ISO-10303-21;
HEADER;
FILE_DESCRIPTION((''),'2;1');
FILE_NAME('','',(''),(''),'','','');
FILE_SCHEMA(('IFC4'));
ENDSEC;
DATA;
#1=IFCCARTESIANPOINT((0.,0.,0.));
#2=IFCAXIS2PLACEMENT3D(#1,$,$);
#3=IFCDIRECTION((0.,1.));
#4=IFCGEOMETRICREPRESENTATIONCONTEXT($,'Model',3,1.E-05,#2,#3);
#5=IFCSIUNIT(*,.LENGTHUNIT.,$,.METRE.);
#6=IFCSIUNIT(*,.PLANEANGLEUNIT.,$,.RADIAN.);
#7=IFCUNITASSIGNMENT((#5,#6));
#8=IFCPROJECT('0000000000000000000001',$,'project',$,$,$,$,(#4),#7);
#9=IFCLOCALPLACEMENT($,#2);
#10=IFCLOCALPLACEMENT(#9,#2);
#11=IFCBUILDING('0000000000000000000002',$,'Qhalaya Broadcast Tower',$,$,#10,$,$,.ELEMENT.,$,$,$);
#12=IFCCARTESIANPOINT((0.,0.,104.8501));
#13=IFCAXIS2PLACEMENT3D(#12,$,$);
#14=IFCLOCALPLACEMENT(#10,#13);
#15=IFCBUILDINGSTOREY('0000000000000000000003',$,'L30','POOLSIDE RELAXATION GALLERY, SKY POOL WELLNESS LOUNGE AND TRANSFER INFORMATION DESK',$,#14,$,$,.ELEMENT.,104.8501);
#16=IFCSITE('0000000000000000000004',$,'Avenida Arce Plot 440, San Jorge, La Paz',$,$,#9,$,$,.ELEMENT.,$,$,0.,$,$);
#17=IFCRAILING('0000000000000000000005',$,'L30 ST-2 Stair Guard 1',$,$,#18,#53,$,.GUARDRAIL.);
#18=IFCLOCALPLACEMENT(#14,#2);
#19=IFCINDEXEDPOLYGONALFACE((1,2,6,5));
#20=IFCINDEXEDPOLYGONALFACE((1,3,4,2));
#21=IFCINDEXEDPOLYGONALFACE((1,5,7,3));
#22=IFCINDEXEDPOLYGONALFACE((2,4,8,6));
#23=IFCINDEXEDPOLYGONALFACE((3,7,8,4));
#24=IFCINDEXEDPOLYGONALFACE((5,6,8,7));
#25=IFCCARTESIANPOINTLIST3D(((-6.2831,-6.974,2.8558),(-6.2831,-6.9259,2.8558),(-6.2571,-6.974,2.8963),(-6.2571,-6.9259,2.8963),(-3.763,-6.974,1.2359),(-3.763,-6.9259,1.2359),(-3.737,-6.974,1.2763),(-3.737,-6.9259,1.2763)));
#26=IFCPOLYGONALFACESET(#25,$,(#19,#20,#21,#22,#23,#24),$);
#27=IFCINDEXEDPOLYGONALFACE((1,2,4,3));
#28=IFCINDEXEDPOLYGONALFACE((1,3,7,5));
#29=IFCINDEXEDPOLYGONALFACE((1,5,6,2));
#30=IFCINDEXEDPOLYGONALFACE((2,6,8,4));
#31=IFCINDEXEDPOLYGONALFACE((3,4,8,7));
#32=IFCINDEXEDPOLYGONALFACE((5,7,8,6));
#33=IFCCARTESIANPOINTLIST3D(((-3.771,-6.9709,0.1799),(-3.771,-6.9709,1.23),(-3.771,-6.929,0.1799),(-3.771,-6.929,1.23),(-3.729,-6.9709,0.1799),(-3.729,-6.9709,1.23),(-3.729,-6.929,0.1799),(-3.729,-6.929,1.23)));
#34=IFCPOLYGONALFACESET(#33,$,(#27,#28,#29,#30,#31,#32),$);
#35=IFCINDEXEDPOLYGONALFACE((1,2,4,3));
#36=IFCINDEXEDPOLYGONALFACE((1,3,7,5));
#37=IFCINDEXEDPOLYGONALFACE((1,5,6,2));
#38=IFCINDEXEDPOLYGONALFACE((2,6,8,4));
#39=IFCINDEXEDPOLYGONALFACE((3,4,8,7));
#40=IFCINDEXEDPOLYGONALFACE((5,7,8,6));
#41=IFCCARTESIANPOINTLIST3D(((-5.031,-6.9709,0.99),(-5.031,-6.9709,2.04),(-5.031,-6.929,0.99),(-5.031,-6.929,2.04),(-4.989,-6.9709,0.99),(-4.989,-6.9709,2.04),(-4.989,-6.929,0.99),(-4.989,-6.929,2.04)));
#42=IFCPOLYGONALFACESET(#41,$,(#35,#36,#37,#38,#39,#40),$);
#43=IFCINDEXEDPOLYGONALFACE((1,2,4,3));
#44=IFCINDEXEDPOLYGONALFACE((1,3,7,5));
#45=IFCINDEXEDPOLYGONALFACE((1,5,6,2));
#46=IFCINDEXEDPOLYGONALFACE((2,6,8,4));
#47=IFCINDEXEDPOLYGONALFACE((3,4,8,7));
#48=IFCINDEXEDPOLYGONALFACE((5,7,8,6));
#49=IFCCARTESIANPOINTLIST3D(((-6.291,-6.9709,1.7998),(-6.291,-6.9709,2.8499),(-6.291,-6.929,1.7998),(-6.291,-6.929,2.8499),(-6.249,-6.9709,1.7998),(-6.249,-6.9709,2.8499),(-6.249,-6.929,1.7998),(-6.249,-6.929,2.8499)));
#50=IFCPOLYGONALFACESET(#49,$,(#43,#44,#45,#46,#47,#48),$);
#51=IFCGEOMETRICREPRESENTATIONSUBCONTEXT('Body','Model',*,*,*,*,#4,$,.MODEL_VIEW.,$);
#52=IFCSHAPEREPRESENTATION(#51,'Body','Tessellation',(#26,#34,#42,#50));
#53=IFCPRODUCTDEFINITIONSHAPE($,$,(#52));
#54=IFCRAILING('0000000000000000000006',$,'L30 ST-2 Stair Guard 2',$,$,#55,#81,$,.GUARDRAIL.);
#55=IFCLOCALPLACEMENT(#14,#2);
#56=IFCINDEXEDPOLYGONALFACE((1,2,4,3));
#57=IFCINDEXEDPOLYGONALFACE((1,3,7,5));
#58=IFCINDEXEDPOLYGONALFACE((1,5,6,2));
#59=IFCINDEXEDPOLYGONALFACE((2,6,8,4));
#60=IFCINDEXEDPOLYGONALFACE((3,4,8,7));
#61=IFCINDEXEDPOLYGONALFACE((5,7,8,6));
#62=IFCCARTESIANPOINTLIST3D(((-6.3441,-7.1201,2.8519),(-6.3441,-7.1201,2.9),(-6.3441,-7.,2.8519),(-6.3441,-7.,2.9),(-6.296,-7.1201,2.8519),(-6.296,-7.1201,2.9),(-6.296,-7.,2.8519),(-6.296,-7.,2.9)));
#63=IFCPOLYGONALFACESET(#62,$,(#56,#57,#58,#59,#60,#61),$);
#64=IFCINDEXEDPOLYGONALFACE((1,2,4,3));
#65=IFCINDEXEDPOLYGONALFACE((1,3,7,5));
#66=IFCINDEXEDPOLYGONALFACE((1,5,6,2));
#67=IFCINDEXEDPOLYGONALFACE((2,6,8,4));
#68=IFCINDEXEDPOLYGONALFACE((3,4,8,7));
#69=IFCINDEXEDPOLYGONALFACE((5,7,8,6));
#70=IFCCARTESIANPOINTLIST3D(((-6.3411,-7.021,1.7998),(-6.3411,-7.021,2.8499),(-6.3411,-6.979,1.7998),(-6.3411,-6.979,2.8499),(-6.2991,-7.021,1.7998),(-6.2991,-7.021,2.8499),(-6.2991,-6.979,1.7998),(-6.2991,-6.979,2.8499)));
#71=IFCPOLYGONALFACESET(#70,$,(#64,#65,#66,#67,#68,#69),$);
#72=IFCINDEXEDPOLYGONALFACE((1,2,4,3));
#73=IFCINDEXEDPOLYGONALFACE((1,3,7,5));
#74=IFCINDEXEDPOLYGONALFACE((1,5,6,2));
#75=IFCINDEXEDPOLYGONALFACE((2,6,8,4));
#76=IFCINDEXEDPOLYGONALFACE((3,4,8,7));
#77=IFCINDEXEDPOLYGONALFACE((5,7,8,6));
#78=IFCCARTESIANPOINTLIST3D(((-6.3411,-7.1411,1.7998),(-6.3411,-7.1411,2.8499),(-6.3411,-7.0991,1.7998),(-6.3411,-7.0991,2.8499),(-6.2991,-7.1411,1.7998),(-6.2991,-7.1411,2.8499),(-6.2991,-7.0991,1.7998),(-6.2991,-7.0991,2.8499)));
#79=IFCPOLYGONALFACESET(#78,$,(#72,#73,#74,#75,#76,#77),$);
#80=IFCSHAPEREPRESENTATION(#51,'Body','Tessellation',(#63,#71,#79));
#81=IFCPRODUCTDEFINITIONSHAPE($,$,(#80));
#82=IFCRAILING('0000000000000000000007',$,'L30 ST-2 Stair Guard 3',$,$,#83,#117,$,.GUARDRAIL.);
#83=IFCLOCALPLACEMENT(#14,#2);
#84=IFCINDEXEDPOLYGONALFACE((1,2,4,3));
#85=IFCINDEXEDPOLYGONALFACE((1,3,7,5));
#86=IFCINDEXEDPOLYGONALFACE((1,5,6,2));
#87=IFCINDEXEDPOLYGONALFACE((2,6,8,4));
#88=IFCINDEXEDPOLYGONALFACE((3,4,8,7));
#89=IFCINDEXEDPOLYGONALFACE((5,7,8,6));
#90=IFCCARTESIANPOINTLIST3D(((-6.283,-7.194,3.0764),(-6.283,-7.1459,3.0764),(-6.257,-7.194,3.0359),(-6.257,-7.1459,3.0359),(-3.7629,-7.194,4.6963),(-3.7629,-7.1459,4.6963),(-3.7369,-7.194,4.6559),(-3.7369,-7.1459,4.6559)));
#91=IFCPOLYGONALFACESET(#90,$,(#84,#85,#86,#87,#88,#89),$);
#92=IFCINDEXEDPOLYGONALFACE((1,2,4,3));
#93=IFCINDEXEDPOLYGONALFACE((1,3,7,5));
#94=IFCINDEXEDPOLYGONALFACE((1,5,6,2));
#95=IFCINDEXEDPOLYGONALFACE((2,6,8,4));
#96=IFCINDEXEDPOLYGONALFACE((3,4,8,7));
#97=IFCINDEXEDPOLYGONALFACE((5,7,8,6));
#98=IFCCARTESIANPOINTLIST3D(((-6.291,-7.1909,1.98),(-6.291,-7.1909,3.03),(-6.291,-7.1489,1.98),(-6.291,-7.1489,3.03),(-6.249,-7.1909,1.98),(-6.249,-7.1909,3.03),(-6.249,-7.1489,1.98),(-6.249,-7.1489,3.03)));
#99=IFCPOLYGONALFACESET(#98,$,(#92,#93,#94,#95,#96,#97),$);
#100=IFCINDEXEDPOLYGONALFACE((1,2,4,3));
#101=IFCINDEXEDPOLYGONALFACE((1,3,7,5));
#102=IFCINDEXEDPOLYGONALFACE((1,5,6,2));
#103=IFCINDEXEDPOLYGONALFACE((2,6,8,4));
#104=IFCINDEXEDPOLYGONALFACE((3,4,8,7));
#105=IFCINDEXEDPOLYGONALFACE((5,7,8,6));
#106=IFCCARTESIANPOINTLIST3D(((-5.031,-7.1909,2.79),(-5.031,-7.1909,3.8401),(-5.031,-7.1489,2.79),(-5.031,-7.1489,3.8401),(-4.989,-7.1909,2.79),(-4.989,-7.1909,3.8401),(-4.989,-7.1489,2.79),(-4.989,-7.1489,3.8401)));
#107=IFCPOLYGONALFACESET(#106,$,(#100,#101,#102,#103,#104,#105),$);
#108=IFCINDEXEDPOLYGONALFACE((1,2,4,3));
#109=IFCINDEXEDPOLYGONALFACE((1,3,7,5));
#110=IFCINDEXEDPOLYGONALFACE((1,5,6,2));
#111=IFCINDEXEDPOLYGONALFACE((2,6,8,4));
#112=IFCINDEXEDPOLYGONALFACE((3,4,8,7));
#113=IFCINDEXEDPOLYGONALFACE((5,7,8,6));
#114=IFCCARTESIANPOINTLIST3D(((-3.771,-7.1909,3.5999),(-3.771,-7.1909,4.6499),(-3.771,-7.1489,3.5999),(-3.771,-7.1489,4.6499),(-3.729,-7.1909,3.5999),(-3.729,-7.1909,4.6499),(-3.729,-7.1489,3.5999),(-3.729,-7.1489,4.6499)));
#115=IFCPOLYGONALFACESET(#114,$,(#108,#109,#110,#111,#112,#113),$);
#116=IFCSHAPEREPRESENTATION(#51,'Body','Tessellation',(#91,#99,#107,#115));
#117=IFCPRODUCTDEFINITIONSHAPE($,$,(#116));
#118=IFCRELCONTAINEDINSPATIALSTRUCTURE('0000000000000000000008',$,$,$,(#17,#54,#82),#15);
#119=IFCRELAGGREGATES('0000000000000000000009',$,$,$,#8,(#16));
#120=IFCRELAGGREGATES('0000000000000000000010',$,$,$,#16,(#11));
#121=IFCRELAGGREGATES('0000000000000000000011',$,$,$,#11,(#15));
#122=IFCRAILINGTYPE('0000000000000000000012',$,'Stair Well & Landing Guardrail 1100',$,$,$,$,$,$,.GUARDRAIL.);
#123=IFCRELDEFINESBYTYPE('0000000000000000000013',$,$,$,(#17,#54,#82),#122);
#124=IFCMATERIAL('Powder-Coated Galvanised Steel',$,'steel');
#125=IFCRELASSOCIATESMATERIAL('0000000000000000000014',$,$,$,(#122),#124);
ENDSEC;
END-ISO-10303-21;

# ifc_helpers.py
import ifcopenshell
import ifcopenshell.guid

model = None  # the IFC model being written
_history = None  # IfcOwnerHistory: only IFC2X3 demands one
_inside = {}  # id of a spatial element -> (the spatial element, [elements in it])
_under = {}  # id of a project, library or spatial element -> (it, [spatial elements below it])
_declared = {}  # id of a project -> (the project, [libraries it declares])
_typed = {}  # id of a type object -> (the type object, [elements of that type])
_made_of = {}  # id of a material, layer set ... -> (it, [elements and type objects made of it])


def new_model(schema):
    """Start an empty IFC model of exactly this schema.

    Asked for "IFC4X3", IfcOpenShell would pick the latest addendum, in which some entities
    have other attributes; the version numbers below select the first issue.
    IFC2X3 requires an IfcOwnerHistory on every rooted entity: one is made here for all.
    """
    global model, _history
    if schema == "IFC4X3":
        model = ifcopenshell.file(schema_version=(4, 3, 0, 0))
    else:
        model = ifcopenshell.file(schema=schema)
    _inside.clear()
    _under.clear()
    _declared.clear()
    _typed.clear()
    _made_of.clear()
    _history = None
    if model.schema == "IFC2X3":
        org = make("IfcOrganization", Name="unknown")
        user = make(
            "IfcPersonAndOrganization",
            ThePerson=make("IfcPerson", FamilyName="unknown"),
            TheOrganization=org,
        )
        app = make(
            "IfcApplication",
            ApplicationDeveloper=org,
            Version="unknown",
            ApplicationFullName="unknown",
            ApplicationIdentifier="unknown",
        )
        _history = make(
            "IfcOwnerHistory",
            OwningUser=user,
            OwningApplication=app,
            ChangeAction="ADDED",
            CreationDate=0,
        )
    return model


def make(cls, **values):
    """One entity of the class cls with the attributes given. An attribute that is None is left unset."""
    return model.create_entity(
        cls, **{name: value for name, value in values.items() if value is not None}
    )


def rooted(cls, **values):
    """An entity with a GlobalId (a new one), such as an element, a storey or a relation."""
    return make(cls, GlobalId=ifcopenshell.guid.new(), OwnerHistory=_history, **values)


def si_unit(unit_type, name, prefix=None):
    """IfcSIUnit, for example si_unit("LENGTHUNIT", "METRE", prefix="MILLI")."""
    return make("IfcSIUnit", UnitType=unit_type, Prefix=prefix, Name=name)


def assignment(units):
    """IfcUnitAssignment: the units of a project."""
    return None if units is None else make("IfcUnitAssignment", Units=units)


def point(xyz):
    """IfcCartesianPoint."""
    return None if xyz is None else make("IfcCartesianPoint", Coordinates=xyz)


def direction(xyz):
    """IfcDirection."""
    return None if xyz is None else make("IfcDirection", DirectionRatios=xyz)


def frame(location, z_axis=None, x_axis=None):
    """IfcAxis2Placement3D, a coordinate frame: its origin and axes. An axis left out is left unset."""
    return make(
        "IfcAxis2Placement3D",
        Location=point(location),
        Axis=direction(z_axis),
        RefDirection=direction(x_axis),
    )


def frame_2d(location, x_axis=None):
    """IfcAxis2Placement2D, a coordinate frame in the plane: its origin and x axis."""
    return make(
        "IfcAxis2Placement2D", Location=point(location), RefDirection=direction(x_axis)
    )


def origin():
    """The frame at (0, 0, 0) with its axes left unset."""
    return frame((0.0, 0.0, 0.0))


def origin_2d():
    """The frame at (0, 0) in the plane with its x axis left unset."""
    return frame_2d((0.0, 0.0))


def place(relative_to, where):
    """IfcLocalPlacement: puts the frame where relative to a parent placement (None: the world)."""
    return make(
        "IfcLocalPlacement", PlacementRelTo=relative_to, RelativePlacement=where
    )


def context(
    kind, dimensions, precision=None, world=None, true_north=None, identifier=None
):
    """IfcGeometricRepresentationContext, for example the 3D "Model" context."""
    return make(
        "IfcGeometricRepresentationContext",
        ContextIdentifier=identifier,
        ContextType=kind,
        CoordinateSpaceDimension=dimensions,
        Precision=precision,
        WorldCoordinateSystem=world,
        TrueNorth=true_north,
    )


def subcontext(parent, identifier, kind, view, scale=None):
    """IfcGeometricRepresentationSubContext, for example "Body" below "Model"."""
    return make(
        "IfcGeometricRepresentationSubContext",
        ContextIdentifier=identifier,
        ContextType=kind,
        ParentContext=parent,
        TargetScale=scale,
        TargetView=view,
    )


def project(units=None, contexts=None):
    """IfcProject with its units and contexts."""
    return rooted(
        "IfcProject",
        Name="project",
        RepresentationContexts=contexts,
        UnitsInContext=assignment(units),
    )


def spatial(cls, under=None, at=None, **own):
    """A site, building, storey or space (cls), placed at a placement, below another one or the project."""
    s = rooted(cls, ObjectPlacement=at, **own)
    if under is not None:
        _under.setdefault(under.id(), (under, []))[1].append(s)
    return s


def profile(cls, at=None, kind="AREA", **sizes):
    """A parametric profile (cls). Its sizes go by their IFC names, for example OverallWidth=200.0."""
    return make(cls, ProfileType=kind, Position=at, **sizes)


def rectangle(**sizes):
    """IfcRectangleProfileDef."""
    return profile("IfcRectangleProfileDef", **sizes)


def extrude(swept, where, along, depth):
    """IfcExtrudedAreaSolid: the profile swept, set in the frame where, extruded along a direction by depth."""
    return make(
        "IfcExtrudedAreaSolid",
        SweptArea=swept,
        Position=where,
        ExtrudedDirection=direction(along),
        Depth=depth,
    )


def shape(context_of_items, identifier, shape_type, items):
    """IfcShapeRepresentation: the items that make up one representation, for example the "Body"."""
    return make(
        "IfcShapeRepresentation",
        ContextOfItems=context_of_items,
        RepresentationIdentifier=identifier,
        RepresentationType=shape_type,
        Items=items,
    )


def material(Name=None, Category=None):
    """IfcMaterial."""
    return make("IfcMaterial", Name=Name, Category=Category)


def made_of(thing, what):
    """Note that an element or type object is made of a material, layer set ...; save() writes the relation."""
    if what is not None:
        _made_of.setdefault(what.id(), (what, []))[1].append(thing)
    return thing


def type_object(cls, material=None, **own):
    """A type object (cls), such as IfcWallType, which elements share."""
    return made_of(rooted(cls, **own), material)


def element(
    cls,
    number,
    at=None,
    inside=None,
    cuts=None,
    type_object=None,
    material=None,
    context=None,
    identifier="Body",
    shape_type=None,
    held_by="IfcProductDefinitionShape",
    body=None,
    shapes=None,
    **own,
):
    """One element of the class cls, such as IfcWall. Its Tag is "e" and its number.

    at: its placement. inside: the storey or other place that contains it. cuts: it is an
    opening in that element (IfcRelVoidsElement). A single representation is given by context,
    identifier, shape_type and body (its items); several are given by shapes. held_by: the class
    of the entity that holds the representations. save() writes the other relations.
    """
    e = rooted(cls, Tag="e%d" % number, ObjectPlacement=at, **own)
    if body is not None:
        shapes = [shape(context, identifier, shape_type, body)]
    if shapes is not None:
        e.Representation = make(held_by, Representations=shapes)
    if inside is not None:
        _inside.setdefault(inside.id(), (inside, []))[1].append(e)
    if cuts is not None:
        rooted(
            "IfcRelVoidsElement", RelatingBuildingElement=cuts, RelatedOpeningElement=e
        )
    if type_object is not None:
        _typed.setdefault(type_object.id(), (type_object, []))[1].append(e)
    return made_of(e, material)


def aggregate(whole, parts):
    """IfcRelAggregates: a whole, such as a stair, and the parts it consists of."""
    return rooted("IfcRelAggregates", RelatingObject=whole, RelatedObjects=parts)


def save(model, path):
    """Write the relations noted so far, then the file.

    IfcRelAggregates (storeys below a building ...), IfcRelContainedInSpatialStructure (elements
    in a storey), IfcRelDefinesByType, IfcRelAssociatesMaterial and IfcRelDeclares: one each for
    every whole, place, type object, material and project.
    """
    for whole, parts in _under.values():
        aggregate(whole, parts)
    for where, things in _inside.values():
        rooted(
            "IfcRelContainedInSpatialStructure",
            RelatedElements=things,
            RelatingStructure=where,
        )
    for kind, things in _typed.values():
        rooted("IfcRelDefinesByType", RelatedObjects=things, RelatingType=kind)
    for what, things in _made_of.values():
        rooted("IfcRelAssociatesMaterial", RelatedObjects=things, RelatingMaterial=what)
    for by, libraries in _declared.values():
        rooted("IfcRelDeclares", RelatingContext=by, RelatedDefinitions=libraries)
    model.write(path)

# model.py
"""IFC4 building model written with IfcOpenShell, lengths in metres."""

from ifc_helpers import new_model, si_unit, direction, frame, origin, origin_2d, place, context, subcontext, project, spatial, rectangle, extrude, material, type_object, element, save


model = new_model("IFC4")

# Units and contexts
model_context = context("Model", 3, precision=1e-05, world=origin(), true_north=direction((0.0, 1.0)))
body_context = subcontext(model_context, "Body", "Model", "MODEL_VIEW")
ifc_project = project(units=[si_unit("LENGTHUNIT", "METRE"), si_unit("PLANEANGLEUNIT", "RADIAN")], contexts=[model_context])

# Site, building, storey
site_placement = place(None, origin())
site = spatial("IfcSite", under=ifc_project, at=site_placement, Name="Avenida Arce Plot 440, San Jorge, La Paz", CompositionType="ELEMENT", RefElevation=0.0)
building_placement = place(site_placement, origin())
building = spatial("IfcBuilding", under=site, at=building_placement, Name="Qhalaya Broadcast Tower", CompositionType="ELEMENT")
storey_placement = place(building_placement, frame((0.0, 0.0, 104.8501)))
storey = spatial("IfcBuildingStorey", under=building, at=storey_placement, Name="L30", Description="POOLSIDE RELAXATION GALLERY, SKY POOL WELLNESS LOUNGE AND TRANSFER INFORMATION DESK", CompositionType="ELEMENT", Elevation=104.8501)

# Railings
ifc_material_1 = material(Name="Powder-Coated Galvanised Steel", Category="steel")
railing_type_1 = type_object("IfcRailingType", Name="Stair Well & Landing Guardrail 1100", PredefinedType="GUARDRAIL", material=ifc_material_1)
railing_1_placement = place(storey_placement, frame((-3.75, -6.95, 0.1799)))
element("IfcRailing", 1, at=railing_1_placement, inside=storey, type_object=railing_type_1, Name="L30 ST-2 Stair Guard 1", PredefinedType="GUARDRAIL", context=body_context, shape_type="SweptSolid", body=[
    extrude(rectangle(XDim=0.0481, YDim=0.0481, at=origin_2d()), frame((0.0, 0.0, 1.0762), z_axis=(-0.8412, 0.0, 0.540725), x_axis=(0.0, -1.0, 0.0)), (0.0, 0.0, 1.0), 2.9958),
    extrude(rectangle(XDim=0.042, YDim=0.042, at=origin_2d()), origin(), (0.0, 0.0, 1.0), 1.05),
    extrude(rectangle(XDim=0.042, YDim=0.042, at=origin_2d()), frame((-1.26, 0.0, 0.8101)), (0.0, 0.0, 1.0), 1.05),
    extrude(rectangle(XDim=0.042, YDim=0.042, at=origin_2d()), frame((-2.52, 0.0, 1.6199)), (0.0, 0.0, 1.0), 1.05),
])
railing_2_placement = place(storey_placement, frame((-6.3201, -7.0, 1.7998)))
element("IfcRailing", 2, at=railing_2_placement, inside=storey, type_object=railing_type_1, Name="L30 ST-2 Stair Guard 2", PredefinedType="GUARDRAIL", context=body_context, shape_type="SweptSolid", body=[
    extrude(rectangle(XDim=0.0481, YDim=0.0481, at=origin_2d()), frame((0.0, 0.0, 1.0762), z_axis=(0.0, -1.0, 0.0), x_axis=(1.0, 0.0, 0.0)), (0.0, 0.0, 1.0), 0.1201),
    extrude(rectangle(XDim=0.042, YDim=0.042, at=origin_2d()), origin(), (0.0, 0.0, 1.0), 1.05),
    extrude(rectangle(XDim=0.042, YDim=0.042, at=origin_2d()), frame((0.0, -0.1201, 0.0)), (0.0, 0.0, 1.0), 1.05),
])
railing_3_placement = place(storey_placement, frame((-6.27, -7.1699, 1.98)))
element("IfcRailing", 3, at=railing_3_placement, inside=storey, type_object=railing_type_1, Name="L30 ST-2 Stair Guard 3", PredefinedType="GUARDRAIL", context=body_context, shape_type="SweptSolid", body=[
    extrude(rectangle(XDim=0.0481, YDim=0.0481, at=origin_2d()), frame((0.0, 0.0, 1.0762), z_axis=(0.8412, 0.0, 0.540725), x_axis=(0.0, 1.0, 0.0)), (0.0, 0.0, 1.0), 2.9958),
    extrude(rectangle(XDim=0.042, YDim=0.042, at=origin_2d()), origin(), (0.0, 0.0, 1.0), 1.05),
    extrude(rectangle(XDim=0.042, YDim=0.042, at=origin_2d()), frame((1.26, 0.0, 0.8101)), (0.0, 0.0, 1.0), 1.05),
    extrude(rectangle(XDim=0.042, YDim=0.042, at=origin_2d()), frame((2.52, 0.0, 1.6199)), (0.0, 0.0, 1.0), 1.05),
])

save(model, "model.ifc")
